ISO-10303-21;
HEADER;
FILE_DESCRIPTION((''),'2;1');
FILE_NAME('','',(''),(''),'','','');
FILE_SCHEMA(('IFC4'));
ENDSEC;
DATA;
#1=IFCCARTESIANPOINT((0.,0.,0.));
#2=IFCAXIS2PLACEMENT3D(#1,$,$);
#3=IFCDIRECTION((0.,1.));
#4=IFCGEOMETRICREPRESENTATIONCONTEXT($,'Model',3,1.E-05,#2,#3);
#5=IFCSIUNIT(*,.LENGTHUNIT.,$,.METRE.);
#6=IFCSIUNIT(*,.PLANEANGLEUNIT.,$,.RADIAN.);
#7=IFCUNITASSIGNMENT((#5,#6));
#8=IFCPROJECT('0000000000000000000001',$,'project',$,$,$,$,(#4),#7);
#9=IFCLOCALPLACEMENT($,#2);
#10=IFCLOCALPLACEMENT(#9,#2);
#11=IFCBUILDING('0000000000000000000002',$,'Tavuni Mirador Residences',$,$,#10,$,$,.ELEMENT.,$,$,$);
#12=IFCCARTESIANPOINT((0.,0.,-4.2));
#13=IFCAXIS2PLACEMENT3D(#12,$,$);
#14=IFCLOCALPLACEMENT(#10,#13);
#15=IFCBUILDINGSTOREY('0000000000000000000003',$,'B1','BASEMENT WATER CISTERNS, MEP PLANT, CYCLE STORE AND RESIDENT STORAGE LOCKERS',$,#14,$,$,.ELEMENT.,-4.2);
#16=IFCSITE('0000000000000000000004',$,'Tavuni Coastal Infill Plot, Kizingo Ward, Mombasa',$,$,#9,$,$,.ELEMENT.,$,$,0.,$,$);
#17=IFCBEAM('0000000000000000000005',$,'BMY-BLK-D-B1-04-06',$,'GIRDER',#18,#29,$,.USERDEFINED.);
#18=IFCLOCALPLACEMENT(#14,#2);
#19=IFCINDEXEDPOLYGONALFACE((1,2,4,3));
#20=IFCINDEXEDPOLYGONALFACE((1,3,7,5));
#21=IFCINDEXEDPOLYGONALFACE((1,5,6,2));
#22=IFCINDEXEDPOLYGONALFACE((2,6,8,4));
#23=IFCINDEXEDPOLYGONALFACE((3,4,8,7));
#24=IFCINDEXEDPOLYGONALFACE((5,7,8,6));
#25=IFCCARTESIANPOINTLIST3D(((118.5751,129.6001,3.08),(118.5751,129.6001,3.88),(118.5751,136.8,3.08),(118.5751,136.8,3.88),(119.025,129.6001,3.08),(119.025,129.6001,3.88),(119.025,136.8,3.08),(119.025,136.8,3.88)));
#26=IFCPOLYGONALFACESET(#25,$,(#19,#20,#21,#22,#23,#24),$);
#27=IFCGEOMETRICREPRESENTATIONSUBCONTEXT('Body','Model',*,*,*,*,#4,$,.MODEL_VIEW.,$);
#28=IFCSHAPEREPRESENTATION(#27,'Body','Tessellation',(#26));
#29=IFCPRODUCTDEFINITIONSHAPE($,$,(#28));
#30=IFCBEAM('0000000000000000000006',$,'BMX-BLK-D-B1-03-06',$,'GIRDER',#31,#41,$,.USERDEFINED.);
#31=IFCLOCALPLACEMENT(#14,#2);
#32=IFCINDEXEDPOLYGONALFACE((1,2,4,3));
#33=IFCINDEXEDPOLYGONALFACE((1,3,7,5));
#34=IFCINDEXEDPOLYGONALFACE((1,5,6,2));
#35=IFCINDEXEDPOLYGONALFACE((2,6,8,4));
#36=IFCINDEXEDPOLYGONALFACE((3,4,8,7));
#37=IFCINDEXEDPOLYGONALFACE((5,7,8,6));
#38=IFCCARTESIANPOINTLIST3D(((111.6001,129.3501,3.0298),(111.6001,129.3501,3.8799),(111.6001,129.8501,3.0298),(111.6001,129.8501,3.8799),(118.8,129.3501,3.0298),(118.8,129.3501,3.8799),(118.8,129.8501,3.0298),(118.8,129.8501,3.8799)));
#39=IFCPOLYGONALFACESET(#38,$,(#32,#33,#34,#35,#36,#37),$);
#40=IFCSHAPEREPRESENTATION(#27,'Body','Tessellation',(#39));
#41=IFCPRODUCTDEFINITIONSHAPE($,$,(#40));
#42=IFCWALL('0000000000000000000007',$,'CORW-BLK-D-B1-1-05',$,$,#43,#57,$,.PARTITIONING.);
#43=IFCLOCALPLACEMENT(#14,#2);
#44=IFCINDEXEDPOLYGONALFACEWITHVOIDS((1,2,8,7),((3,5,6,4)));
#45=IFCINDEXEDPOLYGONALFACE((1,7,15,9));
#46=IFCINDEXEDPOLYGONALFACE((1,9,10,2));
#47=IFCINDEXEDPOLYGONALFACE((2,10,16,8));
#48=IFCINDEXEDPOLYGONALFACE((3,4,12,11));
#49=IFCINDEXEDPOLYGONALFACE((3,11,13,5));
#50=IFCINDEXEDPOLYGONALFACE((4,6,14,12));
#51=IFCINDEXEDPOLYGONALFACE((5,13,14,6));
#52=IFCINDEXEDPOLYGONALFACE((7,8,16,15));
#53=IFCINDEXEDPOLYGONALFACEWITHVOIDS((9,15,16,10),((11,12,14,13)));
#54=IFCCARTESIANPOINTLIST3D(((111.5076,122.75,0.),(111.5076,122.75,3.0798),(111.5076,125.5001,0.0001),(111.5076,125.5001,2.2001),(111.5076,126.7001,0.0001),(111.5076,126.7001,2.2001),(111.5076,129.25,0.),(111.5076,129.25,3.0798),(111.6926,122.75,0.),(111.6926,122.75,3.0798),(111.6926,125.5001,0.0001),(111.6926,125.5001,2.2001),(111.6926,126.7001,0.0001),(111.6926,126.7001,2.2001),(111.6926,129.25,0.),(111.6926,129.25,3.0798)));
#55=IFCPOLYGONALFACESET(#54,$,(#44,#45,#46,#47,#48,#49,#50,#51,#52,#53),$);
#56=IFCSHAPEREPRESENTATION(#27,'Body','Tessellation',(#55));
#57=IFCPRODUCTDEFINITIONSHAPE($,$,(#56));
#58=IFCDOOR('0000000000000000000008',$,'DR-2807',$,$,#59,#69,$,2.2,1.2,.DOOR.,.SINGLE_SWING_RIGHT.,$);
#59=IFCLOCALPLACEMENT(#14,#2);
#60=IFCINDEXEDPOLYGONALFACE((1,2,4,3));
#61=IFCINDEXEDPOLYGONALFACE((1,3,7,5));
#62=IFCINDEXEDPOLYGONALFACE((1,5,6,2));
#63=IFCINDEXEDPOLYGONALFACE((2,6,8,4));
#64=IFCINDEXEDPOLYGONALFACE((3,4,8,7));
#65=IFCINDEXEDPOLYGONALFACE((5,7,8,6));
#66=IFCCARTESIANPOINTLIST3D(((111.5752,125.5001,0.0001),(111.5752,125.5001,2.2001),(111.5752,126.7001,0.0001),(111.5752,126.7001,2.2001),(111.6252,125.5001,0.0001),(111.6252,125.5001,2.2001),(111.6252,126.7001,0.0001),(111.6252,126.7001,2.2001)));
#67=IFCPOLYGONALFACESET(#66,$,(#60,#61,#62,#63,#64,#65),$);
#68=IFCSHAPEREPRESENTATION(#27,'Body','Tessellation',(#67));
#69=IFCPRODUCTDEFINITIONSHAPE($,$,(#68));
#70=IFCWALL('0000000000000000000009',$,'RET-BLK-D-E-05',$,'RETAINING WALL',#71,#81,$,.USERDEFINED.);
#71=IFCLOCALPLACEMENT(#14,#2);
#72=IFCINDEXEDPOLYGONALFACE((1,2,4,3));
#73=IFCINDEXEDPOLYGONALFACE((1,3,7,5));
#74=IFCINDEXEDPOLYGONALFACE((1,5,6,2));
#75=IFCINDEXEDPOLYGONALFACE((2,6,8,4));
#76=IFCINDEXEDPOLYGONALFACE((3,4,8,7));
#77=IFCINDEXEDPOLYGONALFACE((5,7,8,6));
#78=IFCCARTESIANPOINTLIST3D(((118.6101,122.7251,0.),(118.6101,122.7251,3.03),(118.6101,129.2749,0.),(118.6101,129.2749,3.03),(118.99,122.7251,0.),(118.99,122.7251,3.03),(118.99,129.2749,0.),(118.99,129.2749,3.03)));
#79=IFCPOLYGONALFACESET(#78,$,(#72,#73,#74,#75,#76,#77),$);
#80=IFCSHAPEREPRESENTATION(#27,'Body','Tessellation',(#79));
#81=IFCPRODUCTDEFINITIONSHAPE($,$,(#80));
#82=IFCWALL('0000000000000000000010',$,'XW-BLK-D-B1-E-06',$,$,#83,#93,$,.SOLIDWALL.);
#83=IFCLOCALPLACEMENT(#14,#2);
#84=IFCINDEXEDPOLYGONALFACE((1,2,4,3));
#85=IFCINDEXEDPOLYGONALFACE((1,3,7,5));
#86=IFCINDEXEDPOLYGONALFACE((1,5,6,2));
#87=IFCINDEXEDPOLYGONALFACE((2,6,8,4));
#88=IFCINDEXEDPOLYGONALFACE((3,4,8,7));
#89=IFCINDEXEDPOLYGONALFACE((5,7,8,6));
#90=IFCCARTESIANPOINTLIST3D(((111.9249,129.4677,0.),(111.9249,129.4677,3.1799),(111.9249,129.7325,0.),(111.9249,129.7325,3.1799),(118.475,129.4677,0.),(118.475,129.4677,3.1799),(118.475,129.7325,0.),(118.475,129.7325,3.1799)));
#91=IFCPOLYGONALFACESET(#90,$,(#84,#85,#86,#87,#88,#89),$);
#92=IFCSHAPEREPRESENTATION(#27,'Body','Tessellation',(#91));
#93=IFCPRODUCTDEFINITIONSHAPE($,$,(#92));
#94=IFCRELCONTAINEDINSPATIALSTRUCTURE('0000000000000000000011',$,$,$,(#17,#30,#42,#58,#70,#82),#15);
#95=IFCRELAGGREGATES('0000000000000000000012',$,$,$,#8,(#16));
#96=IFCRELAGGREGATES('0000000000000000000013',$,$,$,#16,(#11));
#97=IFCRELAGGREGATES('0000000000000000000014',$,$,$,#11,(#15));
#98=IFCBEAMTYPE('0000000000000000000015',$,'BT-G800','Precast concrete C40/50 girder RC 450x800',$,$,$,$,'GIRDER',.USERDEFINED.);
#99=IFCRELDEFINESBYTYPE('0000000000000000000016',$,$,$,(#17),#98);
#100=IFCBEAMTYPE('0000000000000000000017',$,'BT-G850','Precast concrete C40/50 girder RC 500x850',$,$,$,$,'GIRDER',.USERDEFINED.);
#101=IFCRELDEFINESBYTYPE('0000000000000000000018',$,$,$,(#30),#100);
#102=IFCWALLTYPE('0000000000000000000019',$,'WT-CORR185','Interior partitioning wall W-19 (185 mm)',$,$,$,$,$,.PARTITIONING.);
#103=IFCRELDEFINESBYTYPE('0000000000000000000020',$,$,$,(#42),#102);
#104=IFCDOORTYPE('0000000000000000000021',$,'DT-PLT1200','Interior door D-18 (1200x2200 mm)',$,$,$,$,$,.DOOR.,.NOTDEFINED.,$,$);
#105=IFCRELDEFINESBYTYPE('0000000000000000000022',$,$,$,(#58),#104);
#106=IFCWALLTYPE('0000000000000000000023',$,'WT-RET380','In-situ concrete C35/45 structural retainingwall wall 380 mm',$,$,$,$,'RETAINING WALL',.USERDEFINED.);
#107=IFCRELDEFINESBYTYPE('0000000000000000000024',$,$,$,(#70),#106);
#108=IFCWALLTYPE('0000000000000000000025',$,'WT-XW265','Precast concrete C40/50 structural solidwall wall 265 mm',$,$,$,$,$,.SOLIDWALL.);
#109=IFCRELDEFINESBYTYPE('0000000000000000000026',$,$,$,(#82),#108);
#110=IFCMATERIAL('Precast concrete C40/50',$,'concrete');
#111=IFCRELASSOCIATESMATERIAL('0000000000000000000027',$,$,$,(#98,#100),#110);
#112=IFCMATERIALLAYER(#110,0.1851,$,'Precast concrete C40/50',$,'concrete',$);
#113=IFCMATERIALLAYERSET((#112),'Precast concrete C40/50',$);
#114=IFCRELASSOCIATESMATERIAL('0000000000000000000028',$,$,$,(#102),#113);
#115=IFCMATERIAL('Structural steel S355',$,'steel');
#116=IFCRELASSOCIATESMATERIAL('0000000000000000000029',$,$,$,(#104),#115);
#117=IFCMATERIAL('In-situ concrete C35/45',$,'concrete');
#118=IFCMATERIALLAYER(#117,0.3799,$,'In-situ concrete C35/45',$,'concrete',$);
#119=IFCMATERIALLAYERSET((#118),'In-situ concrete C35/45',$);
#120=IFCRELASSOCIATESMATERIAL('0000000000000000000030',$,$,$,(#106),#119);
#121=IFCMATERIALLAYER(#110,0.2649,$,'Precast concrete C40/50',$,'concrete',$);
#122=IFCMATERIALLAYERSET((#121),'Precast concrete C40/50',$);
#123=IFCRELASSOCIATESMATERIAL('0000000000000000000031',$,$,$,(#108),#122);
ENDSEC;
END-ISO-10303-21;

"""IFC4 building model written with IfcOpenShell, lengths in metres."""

from ifc_helpers import new_model, si_unit, direction, frame, frame_2d, origin, origin_2d, place, context, subcontext, project, spatial, rectangle, extrude, material, layer, layer_set, material_profile, profile_set, type_object, element, fill, save


model = new_model("IFC4")

# Units and contexts
model_context = context("Model", 3, precision=1e-05, world=origin(), true_north=direction((0.0, 1.0)))
body_context = subcontext(model_context, "Body", "Model", "MODEL_VIEW")
ifc_project = project(units=[si_unit("LENGTHUNIT", "METRE"), si_unit("PLANEANGLEUNIT", "RADIAN")], contexts=[model_context])

# Site, building, storey
site_placement = place(None, origin())
site = spatial("IfcSite", under=ifc_project, at=site_placement, Name="Tavuni Coastal Infill Plot, Kizingo Ward, Mombasa", CompositionType="ELEMENT", RefElevation=0.0)
building_placement = place(site_placement, origin())
building = spatial("IfcBuilding", under=site, at=building_placement, Name="Tavuni Mirador Residences", CompositionType="ELEMENT")
storey_placement = place(building_placement, frame((0.0, 0.0, -4.2)))
storey = spatial("IfcBuildingStorey", under=building, at=storey_placement, Name="B1", Description="BASEMENT WATER CISTERNS, MEP PLANT, CYCLE STORE AND RESIDENT STORAGE LOCKERS", CompositionType="ELEMENT", Elevation=-4.2)

# Shared definitions
ifc_material_1 = material(Name="In-situ concrete C35/45", Category="concrete")

# Beams
ifc_material_2 = material(Name="Precast concrete C40/50", Category="concrete")
ifc_material_profile_1 = material_profile(ifc_material_2, rectangle(XDim=0.45, YDim=0.8, at=origin_2d()), Name="RC 450x800", Category="concrete")
ifc_profile_set_1 = profile_set([ifc_material_profile_1], Name="Precast concrete C40/50")
beam_type_1 = type_object("IfcBeamType", Name="BT-G800", Description="Precast concrete C40/50 girder RC 450x800", ElementType="GIRDER", PredefinedType="USERDEFINED", material=ifc_profile_set_1)
beam_1_placement = place(storey_placement, frame((118.8, 129.6001, 3.48), z_axis=(0.0, 1.0, 0.0), x_axis=(-1.0, 0.0, 0.0)))
element("IfcBeam", 1, at=beam_1_placement, inside=storey, type_object=beam_type_1, Name="BMY-BLK-D-B1-04-06", ObjectType="GIRDER", PredefinedType="USERDEFINED", context=body_context, shape_type="SweptSolid", body=[
    extrude(rectangle(XDim=0.45, YDim=0.8, at=origin_2d()), origin(), (0.0, 0.0, 1.0), 7.2),
])
ifc_material_profile_2 = material_profile(ifc_material_2, rectangle(XDim=0.5, YDim=0.8501, at=origin_2d()), Name="RC 500x850", Category="concrete")
ifc_profile_set_2 = profile_set([ifc_material_profile_2], Name="Precast concrete C40/50")
beam_type_2 = type_object("IfcBeamType", Name="BT-G850", Description="Precast concrete C40/50 girder RC 500x850", ElementType="GIRDER", PredefinedType="USERDEFINED", material=ifc_profile_set_2)
beam_2_placement = place(storey_placement, frame((111.6001, 129.6001, 3.4548), z_axis=(1.0, 0.0, 0.0), x_axis=(0.0, 1.0, 0.0)))
element("IfcBeam", 2, at=beam_2_placement, inside=storey, type_object=beam_type_2, Name="BMX-BLK-D-B1-03-06", ObjectType="GIRDER", PredefinedType="USERDEFINED", context=body_context, shape_type="SweptSolid", body=[
    extrude(rectangle(XDim=0.5, YDim=0.8501, at=origin_2d()), origin(), (0.0, 0.0, 1.0), 7.2),
])

# Wall, opening, door
ifc_layer_1 = layer(ifc_material_2, 0.1851, Name="Precast concrete C40/50", Category="concrete")
ifc_layer_set_1 = layer_set([ifc_layer_1], Name="Precast concrete C40/50")
wall_type_1 = type_object("IfcWallType", Name="WT-CORR185", Description="Interior partitioning wall W-19 (185 mm)", PredefinedType="PARTITIONING", material=ifc_layer_set_1)
wall_1_placement = place(storey_placement, frame((111.6001, 122.75, 0.0), z_axis=(0.0, 0.0, 1.0), x_axis=(0.0, 1.0, 0.0)))
wall_1 = element("IfcWall", 3, at=wall_1_placement, inside=storey, type_object=wall_type_1, Name="CORW-BLK-D-B1-1-05", PredefinedType="PARTITIONING", context=body_context, shape_type="SweptSolid", body=[
    extrude(rectangle(XDim=6.5, YDim=0.1851, at=frame_2d((3.25, 0.0))), origin(), (0.0, 0.0, 1.0), 3.0798),
])
opening_placement = place(wall_1_placement, frame((2.75, 0.0, 0.0)))
opening = element("IfcOpeningElement", 4, at=opening_placement, cuts=wall_1, PredefinedType="OPENING", context=body_context, shape_type="SweptSolid", body=[
    extrude(rectangle(XDim=1.2, YDim=2.2, at=frame_2d((0.6001, 1.1001))), frame((0.0, 0.1025, 0.0), z_axis=(0.0, -1.0, 0.0), x_axis=(1.0, 0.0, 0.0)), (0.0, 0.0, 1.0), 0.2051),
])
ifc_material_3 = material(Name="Structural steel S355", Category="steel")
door_type = type_object("IfcDoorType", Name="DT-PLT1200", Description="Interior door D-18 (1200x2200 mm)", OperationType="NOTDEFINED", PredefinedType="DOOR", material=ifc_material_3)
door_placement = place(opening_placement, origin())
door = element("IfcDoor", 5, at=door_placement, inside=storey, type_object=door_type, Name="DR-2807", OperationType="SINGLE_SWING_RIGHT", OverallHeight=2.2, OverallWidth=1.2, PredefinedType="DOOR", context=body_context, shape_type="SweptSolid", body=[
    extrude(rectangle(XDim=1.2, YDim=2.2, at=frame_2d((0.6001, 1.1001))), frame((0.0, 0.0249, 0.0), z_axis=(0.0, -1.0, 0.0), x_axis=(1.0, 0.0, 0.0)), (0.0, 0.0, 1.0), 0.05),
])
fill(opening, door)

# Walls
ifc_layer_2 = layer(ifc_material_1, 0.3799, Name="In-situ concrete C35/45", Category="concrete")
ifc_layer_set_2 = layer_set([ifc_layer_2], Name="In-situ concrete C35/45")
wall_type_2 = type_object("IfcWallType", Name="WT-RET380", Description="In-situ concrete C35/45 structural retainingwall wall 380 mm", ElementType="RETAINING WALL", PredefinedType="USERDEFINED", material=ifc_layer_set_2)
wall_2_placement = place(storey_placement, frame((118.8, 122.7251, 0.0), z_axis=(0.0, 0.0, 1.0), x_axis=(0.0, 1.0, 0.0)))
element("IfcWall", 6, at=wall_2_placement, inside=storey, type_object=wall_type_2, Name="RET-BLK-D-E-05", ObjectType="RETAINING WALL", PredefinedType="USERDEFINED", context=body_context, shape_type="SweptSolid", body=[
    extrude(rectangle(XDim=6.5498, YDim=0.3799, at=frame_2d((3.2749, 0.0))), origin(), (0.0, 0.0, 1.0), 3.03),
])
ifc_layer_3 = layer(ifc_material_2, 0.2649, Name="Precast concrete C40/50", Category="concrete")
ifc_layer_set_3 = layer_set([ifc_layer_3], Name="Precast concrete C40/50")
wall_type_3 = type_object("IfcWallType", Name="WT-XW265", Description="Precast concrete C40/50 structural solidwall wall 265 mm", PredefinedType="SOLIDWALL", material=ifc_layer_set_3)
wall_3_placement = place(storey_placement, frame((111.925, 129.6001, 0.0), z_axis=(0.0, 0.0, 1.0), x_axis=(1.0, 0.0, 0.0)))
element("IfcWall", 7, at=wall_3_placement, inside=storey, type_object=wall_type_3, Name="XW-BLK-D-B1-E-06", PredefinedType="SOLIDWALL", context=body_context, shape_type="SweptSolid", body=[
    extrude(rectangle(XDim=6.55, YDim=0.2649, at=frame_2d((3.2749, 0.0))), origin(), (0.0, 0.0, 1.0), 3.1799),
])

save(model, "model.ifc")
